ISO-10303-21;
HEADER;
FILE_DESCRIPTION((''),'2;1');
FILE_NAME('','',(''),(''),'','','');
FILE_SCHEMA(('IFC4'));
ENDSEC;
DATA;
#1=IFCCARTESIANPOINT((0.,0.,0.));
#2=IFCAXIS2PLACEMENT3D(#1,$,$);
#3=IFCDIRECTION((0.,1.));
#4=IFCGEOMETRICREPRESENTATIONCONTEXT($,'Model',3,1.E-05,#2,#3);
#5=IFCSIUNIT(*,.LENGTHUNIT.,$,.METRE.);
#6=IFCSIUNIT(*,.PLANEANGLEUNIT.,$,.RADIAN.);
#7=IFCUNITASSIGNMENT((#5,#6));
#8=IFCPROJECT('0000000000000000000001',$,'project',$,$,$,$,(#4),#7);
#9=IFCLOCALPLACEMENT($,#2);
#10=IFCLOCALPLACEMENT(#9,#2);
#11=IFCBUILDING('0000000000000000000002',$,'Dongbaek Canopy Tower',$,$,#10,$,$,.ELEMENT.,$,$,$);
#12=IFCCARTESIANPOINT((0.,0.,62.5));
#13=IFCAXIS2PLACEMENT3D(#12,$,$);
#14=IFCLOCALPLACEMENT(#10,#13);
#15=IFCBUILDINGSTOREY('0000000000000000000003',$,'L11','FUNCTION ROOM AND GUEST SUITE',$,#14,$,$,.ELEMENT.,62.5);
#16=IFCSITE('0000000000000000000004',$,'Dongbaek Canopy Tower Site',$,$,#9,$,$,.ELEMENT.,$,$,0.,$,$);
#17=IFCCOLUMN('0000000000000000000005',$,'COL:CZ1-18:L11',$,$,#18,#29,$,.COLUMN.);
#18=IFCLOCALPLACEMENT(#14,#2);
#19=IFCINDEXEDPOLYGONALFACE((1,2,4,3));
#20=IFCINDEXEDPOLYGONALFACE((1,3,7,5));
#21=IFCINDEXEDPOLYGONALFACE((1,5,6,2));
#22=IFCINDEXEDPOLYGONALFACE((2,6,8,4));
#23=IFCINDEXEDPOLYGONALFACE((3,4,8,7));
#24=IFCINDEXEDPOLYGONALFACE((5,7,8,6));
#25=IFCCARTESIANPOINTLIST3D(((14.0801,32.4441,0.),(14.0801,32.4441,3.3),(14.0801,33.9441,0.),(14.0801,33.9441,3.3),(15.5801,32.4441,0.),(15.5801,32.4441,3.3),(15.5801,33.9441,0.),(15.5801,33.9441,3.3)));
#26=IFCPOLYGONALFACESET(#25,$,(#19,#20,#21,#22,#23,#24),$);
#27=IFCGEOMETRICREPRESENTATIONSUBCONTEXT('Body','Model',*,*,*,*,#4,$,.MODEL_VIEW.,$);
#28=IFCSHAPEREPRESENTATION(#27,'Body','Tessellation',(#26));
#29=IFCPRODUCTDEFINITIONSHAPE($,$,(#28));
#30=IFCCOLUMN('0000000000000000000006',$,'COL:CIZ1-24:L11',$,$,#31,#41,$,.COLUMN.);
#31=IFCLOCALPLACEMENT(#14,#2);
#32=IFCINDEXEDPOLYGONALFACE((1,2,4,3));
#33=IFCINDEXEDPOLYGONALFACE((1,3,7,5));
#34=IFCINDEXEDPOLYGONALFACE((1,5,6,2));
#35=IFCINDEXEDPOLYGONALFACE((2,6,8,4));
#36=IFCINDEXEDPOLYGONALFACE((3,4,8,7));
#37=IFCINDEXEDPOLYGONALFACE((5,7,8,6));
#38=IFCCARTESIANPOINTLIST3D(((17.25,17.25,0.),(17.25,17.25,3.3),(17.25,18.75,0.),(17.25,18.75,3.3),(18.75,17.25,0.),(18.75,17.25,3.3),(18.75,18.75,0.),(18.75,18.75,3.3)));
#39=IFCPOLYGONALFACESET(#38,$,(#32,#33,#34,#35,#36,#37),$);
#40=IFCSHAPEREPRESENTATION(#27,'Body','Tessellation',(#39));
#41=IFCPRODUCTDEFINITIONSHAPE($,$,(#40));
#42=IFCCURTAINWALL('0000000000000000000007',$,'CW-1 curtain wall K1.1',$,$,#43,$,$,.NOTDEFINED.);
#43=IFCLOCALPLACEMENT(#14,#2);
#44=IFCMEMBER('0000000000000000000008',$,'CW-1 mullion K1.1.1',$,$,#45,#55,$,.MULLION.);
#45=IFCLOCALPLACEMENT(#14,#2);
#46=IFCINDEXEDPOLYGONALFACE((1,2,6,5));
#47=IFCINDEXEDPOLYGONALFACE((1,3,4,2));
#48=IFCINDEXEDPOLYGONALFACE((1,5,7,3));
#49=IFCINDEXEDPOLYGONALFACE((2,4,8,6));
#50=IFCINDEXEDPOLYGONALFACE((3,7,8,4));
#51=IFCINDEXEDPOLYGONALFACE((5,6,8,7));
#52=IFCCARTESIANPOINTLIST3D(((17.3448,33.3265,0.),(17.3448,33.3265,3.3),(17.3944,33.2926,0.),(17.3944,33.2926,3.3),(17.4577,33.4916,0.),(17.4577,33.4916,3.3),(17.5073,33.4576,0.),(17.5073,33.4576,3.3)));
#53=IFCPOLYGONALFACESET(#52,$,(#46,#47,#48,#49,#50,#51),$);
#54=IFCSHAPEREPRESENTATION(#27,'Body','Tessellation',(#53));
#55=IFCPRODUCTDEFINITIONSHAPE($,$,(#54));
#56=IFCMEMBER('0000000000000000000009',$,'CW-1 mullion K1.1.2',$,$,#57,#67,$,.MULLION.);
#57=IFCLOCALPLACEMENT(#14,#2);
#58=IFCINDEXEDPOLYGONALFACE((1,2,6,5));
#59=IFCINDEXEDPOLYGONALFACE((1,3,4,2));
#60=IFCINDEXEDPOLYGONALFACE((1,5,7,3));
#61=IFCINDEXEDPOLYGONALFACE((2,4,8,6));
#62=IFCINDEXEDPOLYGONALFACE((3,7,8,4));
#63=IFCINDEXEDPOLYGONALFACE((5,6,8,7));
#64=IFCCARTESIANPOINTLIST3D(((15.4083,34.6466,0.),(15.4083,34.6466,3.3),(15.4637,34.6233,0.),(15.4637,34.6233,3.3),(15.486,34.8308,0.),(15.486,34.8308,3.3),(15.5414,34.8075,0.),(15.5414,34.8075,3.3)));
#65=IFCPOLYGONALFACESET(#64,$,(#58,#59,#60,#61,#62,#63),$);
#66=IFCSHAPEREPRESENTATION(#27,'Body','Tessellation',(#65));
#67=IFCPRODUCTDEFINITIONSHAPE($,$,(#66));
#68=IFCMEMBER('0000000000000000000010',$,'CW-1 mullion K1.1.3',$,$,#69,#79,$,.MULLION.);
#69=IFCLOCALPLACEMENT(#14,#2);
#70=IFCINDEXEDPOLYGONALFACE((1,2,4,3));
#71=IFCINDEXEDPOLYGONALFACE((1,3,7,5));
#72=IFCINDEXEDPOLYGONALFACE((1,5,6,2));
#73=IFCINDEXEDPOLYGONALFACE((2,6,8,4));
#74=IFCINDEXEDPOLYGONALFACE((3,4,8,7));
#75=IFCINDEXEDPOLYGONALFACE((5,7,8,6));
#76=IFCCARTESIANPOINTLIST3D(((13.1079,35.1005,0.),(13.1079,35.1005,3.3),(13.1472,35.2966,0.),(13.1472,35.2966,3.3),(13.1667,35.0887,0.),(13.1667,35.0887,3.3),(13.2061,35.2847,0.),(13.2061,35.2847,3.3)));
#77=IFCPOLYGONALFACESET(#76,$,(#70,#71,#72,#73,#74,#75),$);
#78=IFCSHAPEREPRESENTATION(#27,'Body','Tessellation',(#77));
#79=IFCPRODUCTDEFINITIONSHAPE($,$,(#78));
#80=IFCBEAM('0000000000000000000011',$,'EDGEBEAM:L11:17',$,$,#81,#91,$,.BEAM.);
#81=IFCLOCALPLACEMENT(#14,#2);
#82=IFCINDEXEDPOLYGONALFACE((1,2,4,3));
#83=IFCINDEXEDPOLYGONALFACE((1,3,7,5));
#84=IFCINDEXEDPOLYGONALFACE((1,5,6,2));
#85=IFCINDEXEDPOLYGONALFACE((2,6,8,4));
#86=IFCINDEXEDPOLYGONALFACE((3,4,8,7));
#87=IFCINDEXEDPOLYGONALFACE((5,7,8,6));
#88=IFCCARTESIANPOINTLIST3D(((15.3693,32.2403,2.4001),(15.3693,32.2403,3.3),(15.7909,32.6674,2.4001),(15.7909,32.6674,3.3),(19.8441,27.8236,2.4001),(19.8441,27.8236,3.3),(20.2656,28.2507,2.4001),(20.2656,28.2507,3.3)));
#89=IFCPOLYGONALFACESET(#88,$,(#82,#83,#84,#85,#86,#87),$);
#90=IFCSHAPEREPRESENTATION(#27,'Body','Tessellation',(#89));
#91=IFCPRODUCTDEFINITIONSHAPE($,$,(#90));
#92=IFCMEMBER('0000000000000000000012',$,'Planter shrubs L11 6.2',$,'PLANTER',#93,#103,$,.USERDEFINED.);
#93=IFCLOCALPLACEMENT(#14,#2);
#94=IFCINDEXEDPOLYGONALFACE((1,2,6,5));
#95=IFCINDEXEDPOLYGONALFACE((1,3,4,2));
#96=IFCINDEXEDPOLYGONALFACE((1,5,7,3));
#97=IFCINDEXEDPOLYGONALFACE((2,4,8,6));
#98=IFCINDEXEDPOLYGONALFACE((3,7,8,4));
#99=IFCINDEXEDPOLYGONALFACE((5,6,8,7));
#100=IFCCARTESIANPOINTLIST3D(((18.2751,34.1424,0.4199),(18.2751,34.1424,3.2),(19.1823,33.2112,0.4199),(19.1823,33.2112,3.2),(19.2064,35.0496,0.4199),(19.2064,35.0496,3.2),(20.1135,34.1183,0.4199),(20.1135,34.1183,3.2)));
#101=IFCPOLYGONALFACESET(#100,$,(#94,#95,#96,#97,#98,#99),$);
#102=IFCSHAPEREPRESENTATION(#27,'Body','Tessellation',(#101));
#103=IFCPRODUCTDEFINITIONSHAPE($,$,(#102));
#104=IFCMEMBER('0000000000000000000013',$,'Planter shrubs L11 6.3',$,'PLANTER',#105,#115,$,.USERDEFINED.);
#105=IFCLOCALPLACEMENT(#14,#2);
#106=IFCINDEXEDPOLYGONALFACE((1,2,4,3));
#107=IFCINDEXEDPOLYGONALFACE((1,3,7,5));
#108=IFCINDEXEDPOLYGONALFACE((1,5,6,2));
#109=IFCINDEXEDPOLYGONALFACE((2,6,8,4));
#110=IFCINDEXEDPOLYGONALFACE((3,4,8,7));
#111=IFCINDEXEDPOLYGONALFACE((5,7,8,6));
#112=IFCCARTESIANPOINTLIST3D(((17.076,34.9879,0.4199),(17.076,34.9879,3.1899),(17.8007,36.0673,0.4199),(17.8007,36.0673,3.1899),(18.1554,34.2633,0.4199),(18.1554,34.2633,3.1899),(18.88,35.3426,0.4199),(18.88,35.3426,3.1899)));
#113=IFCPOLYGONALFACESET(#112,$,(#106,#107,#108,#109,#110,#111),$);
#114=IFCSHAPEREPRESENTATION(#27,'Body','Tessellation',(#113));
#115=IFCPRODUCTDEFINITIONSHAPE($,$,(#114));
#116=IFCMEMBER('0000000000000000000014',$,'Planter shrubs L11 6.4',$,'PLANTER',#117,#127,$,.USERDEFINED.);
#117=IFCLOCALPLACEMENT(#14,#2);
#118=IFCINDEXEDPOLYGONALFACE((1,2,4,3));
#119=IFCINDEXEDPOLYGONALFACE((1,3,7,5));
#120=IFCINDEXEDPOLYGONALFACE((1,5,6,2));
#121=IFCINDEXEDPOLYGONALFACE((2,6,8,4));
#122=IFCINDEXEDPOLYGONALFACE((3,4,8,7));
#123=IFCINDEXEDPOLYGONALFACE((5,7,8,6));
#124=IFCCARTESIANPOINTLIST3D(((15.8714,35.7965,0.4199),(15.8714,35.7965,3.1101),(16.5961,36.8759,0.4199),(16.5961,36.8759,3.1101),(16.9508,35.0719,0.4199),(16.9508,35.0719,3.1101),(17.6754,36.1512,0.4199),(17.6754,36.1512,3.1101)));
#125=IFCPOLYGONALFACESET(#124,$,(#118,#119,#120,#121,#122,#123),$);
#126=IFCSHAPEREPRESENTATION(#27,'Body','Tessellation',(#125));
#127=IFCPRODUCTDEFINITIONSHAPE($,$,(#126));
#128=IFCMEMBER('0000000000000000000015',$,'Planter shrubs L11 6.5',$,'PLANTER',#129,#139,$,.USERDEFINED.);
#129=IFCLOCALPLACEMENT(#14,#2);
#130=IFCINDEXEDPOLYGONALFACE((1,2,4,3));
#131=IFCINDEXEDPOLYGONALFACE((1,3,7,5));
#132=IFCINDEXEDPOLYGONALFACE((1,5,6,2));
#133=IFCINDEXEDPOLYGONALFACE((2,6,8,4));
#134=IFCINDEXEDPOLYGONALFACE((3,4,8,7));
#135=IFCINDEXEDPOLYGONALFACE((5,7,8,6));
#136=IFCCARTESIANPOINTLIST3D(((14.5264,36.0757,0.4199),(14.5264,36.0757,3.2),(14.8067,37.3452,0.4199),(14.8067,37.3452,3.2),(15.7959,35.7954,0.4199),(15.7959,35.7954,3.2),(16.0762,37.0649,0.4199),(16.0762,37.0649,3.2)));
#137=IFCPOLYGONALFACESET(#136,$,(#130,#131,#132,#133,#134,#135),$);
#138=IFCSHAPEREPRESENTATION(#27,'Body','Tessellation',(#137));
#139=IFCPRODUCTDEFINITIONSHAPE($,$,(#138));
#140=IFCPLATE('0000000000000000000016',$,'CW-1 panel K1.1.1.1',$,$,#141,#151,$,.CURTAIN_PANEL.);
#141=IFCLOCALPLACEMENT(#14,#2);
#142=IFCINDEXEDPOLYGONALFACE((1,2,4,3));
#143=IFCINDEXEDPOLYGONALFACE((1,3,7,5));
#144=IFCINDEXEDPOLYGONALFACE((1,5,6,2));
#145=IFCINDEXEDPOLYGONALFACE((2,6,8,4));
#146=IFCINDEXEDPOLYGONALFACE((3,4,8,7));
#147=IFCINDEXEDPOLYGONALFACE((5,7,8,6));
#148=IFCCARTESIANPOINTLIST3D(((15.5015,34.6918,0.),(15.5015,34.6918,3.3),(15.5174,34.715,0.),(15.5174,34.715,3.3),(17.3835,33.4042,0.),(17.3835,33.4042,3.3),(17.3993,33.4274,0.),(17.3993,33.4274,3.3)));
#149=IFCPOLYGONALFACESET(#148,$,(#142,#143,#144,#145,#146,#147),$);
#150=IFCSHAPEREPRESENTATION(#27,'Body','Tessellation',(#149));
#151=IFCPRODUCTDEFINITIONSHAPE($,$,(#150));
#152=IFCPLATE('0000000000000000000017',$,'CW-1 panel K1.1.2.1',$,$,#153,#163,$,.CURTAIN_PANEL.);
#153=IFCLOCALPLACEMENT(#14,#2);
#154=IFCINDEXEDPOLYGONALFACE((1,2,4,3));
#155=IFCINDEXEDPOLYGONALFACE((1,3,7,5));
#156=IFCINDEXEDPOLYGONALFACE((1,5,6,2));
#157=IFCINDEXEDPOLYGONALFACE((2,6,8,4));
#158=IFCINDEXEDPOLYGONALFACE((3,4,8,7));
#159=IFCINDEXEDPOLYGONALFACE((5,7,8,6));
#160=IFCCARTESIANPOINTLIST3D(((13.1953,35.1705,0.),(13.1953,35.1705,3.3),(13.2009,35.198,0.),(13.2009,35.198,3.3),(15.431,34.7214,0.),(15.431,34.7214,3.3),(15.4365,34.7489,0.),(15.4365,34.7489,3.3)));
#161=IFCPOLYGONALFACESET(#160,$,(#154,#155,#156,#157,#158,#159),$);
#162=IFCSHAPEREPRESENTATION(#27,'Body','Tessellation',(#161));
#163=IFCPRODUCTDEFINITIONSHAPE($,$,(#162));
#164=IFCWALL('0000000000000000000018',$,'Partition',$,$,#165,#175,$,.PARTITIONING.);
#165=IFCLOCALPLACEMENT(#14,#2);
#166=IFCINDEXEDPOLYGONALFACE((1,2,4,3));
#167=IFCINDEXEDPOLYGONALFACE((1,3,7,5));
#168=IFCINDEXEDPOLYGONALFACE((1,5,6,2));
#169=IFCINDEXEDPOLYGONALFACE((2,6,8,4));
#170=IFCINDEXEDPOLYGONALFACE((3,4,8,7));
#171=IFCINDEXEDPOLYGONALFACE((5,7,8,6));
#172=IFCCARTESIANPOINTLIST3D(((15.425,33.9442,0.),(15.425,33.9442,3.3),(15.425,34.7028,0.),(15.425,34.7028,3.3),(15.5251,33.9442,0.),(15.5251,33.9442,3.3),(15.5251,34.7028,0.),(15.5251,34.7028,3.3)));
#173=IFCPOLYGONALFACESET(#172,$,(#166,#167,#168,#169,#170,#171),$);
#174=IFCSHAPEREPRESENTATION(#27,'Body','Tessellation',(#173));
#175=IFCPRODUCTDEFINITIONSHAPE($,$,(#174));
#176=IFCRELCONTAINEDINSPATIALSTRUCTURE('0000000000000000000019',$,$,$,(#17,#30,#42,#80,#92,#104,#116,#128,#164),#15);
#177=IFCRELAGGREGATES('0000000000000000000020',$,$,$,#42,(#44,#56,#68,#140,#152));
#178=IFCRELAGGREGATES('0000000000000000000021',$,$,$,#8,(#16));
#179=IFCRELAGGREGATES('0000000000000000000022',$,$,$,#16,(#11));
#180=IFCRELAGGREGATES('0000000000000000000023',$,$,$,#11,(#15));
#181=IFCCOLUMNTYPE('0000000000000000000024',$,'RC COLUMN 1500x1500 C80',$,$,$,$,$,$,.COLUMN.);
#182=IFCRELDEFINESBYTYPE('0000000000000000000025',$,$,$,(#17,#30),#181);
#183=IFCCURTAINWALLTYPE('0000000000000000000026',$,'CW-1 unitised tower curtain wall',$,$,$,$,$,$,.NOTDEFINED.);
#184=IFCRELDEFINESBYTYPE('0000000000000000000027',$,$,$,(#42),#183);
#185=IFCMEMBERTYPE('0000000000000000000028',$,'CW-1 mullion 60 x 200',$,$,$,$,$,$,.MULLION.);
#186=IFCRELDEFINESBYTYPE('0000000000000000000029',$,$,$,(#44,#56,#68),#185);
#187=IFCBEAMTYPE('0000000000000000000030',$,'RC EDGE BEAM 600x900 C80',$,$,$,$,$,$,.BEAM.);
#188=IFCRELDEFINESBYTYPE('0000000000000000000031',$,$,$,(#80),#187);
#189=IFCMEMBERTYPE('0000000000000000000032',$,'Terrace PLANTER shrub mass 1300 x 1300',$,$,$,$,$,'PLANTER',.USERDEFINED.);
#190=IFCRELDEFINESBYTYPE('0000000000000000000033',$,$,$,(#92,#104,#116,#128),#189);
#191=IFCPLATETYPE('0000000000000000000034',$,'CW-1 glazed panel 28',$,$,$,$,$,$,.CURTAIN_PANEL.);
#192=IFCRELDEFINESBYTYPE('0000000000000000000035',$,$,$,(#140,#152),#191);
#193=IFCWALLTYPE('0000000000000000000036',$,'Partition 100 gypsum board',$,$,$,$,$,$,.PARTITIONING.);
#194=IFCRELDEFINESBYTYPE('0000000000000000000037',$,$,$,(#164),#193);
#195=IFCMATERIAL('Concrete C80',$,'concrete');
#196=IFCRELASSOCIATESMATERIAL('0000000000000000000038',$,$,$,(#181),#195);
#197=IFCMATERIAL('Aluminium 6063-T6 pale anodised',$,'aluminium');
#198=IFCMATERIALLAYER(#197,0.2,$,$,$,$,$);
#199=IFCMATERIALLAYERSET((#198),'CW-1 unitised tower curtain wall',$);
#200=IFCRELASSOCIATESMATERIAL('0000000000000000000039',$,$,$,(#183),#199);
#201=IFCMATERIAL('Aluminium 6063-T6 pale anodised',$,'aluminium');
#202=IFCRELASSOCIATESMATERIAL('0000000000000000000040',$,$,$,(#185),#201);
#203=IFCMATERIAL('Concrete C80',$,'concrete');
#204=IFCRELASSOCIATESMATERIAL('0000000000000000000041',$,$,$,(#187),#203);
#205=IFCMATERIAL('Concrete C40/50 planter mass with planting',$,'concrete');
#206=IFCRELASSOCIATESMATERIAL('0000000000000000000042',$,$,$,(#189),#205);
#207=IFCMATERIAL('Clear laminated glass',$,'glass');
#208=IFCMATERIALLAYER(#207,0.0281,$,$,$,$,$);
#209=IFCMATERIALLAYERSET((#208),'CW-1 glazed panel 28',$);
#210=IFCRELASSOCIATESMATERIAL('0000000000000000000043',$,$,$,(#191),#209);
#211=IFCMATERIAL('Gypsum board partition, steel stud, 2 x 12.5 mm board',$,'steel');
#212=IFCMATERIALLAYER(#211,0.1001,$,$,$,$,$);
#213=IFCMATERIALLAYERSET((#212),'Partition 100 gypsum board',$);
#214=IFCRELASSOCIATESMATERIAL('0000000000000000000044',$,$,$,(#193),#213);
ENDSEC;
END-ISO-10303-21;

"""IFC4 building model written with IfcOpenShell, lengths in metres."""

from ifc_helpers import new_model, si_unit, direction, frame, frame_2d, origin, origin_2d, place, context, subcontext, project, spatial, rectangle, extrude, material, layer, layer_set, material_profile, profile_set, type_object, element, aggregate, save


model = new_model("IFC4")

# Units and contexts
model_context = context("Model", 3, precision=1e-05, world=origin(), true_north=direction((0.0, 1.0)))
body_context = subcontext(model_context, "Body", "Model", "MODEL_VIEW")
ifc_project = project(units=[si_unit("LENGTHUNIT", "METRE"), si_unit("PLANEANGLEUNIT", "RADIAN")], contexts=[model_context])

# Site, building, storey
site_placement = place(None, origin())
site = spatial("IfcSite", under=ifc_project, at=site_placement, Name="Dongbaek Canopy Tower Site", CompositionType="ELEMENT", RefElevation=0.0)
building_placement = place(site_placement, origin())
building = spatial("IfcBuilding", under=site, at=building_placement, Name="Dongbaek Canopy Tower", CompositionType="ELEMENT")
storey_placement = place(building_placement, frame((0.0, 0.0, 62.5)))
storey = spatial("IfcBuildingStorey", under=building, at=storey_placement, Name="L11", Description="FUNCTION ROOM AND GUEST SUITE", CompositionType="ELEMENT", Elevation=62.5)

# Columns
ifc_material_1 = material(Name="Concrete C80", Category="concrete")
ifc_material_profile_1 = material_profile(ifc_material_1, rectangle(XDim=1.5, YDim=1.5, at=origin_2d()), Name="RC COLUMN 1500x1500 C80")
ifc_profile_set_1 = profile_set([ifc_material_profile_1], Name="Concrete C80")
column_type = type_object("IfcColumnType", Name="RC COLUMN 1500x1500 C80", PredefinedType="COLUMN", material=ifc_profile_set_1)
for number, where, z_axis, x_axis, name in (
    (1, (14.8301, 33.1941, 0.0), (0.0, 0.0, 1.0), (1.0, 0.0, 0.0), "COL:CZ1-18:L11"),
    (2, (18.0, 18.0, 0.0), (0.0, 0.0, 1.0), (1.0, 0.0, 0.0), "COL:CIZ1-24:L11"),
):
    element("IfcColumn", number, at=place(storey_placement, frame(where, z_axis=z_axis, x_axis=x_axis)), inside=storey, type_object=column_type, Name=name, PredefinedType="COLUMN", context=body_context, shape_type="SweptSolid", body=[
        extrude(rectangle(XDim=1.5, YDim=1.5, at=origin_2d()), origin(), (0.0, 0.0, 1.0), 3.3),
    ])

# Curtain wall, members
ifc_material_2 = material(Name="Aluminium 6063-T6 pale anodised", Category="aluminium")
ifc_layer_1 = layer(ifc_material_2, 0.2)
ifc_layer_set_1 = layer_set([ifc_layer_1], Name="CW-1 unitised tower curtain wall")
curtain_wall_type = type_object("IfcCurtainWallType", Name="CW-1 unitised tower curtain wall", PredefinedType="NOTDEFINED", material=ifc_layer_set_1)
curtain_wall_placement = place(storey_placement, origin())
curtain_wall = element("IfcCurtainWall", 3, at=curtain_wall_placement, inside=storey, type_object=curtain_wall_type, Name="CW-1 curtain wall K1.1", PredefinedType="NOTDEFINED")
ifc_material_3 = material(Name="Aluminium 6063-T6 pale anodised", Category="aluminium")
ifc_material_profile_2 = material_profile(ifc_material_3, rectangle(XDim=0.2, YDim=0.0601, at=origin_2d()), Name="CW-1 mullion 60 x 200")
ifc_profile_set_2 = profile_set([ifc_material_profile_2], Name="Aluminium 6063-T6 pale anodised")
member_type_1 = type_object("IfcMemberType", Name="CW-1 mullion 60 x 200", PredefinedType="MULLION", material=ifc_profile_set_2)
member_1_placement = place(storey_placement, frame((17.426, 33.3921, 0.0), z_axis=(0.0, 0.0, 1.0), x_axis=(0.564668, 0.825318, 0.0)))
member_1 = element("IfcMember", 4, at=member_1_placement, type_object=member_type_1, Name="CW-1 mullion K1.1.1", PredefinedType="MULLION", context=body_context, shape_type="SweptSolid", body=[
    extrude(rectangle(XDim=0.2, YDim=0.0601, at=origin_2d()), origin(), (0.0, 0.0, 1.0), 3.3),
])
member_2_placement = place(storey_placement, frame((15.4749, 34.7271, 0.0), z_axis=(0.0, 0.0, 1.0), x_axis=(0.388619, 0.921399, 0.0)))
member_2 = element("IfcMember", 5, at=member_2_placement, type_object=member_type_1, Name="CW-1 mullion K1.1.2", PredefinedType="MULLION", context=body_context, shape_type="SweptSolid", body=[
    extrude(rectangle(XDim=0.2, YDim=0.0601, at=origin_2d()), origin(), (0.0, 0.0, 1.0), 3.3),
])
member_3_placement = place(storey_placement, frame((13.157, 35.1926, 0.0), z_axis=(0.0, 0.0, 1.0), x_axis=(0.196938, 0.980416, 0.0)))
member_3 = element("IfcMember", 6, at=member_3_placement, type_object=member_type_1, Name="CW-1 mullion K1.1.3", PredefinedType="MULLION", context=body_context, shape_type="SweptSolid", body=[
    extrude(rectangle(XDim=0.2, YDim=0.0601, at=origin_2d()), origin(), (0.0, 0.0, 1.0), 3.3),
])

# Beam
ifc_material_4 = material(Name="Concrete C80", Category="concrete")
ifc_material_profile_3 = material_profile(ifc_material_4, rectangle(XDim=0.6001, YDim=0.8999, at=origin_2d()), Name="RC EDGE BEAM 600x900 C80")
ifc_profile_set_3 = profile_set([ifc_material_profile_3], Name="Concrete C80")
beam_type = type_object("IfcBeamType", Name="RC EDGE BEAM 600x900 C80", PredefinedType="BEAM", material=ifc_profile_set_3)
beam_placement = place(storey_placement, frame((15.5801, 32.4539, 2.8501), z_axis=(0.711712, -0.702471, 0.0), x_axis=(0.702471, 0.711712, 0.0)))
element("IfcBeam", 7, at=beam_placement, inside=storey, type_object=beam_type, Name="EDGEBEAM:L11:17", PredefinedType="BEAM", context=body_context, shape_type="SweptSolid", body=[
    extrude(rectangle(XDim=0.6001, YDim=0.8999, at=origin_2d()), origin(), (0.0, 0.0, 1.0), 6.2874),
])

# Members
ifc_material_5 = material(Name="Concrete C40/50 planter mass with planting", Category="concrete")
ifc_material_profile_4 = material_profile(ifc_material_5, rectangle(XDim=1.3, YDim=1.3, at=origin_2d()), Name="Terrace PLANTER shrub mass 1300 x 1300")
ifc_profile_set_4 = profile_set([ifc_material_profile_4], Name="Concrete C40/50 planter mass with planting")
member_type_2 = type_object("IfcMemberType", Name="Terrace PLANTER shrub mass 1300 x 1300", ElementType="PLANTER", PredefinedType="USERDEFINED", material=ifc_profile_set_4)
member_4_placement = place(storey_placement, frame((19.1943, 34.1304, 0.4199), z_axis=(0.0, 0.0, 1.0), x_axis=(0.716318, 0.697774, 0.0)))
element("IfcMember", 8, at=member_4_placement, inside=storey, type_object=member_type_2, Name="Planter shrubs L11 6.2", ObjectType="PLANTER", PredefinedType="USERDEFINED", context=body_context, shape_type="SweptSolid", body=[
    extrude(rectangle(XDim=1.3, YDim=1.3, at=origin_2d()), origin(), (0.0, 0.0, 1.0), 2.78),
])
member_5_placement = place(storey_placement, frame((17.978, 35.1653, 0.4199), z_axis=(0.0, 0.0, 1.0), x_axis=(0.557401, 0.830243, 0.0)))
element("IfcMember", 9, at=member_5_placement, inside=storey, type_object=member_type_2, Name="Planter shrubs L11 6.3", ObjectType="PLANTER", PredefinedType="USERDEFINED", context=body_context, shape_type="SweptSolid", body=[
    extrude(rectangle(XDim=1.3, YDim=1.3, at=origin_2d()), origin(), (0.0, 0.0, 1.0), 2.77),
])
member_6_placement = place(storey_placement, frame((16.7734, 35.9739, 0.4199), z_axis=(0.0, 0.0, 1.0), x_axis=(0.557401, 0.830243, 0.0)))
element("IfcMember", 10, at=member_6_placement, inside=storey, type_object=member_type_2, Name="Planter shrubs L11 6.4", ObjectType="PLANTER", PredefinedType="USERDEFINED", context=body_context, shape_type="SweptSolid", body=[
    extrude(rectangle(XDim=1.3, YDim=1.3, at=origin_2d()), origin(), (0.0, 0.0, 1.0), 2.6902),
])
member_7_placement = place(storey_placement, frame((15.3013, 36.5703, 0.4199), z_axis=(0.0, 0.0, 1.0), x_axis=(0.215601, 0.976482, 0.0)))
element("IfcMember", 11, at=member_7_placement, inside=storey, type_object=member_type_2, Name="Planter shrubs L11 6.5", ObjectType="PLANTER", PredefinedType="USERDEFINED", context=body_context, shape_type="SweptSolid", body=[
    extrude(rectangle(XDim=1.3, YDim=1.3, at=origin_2d()), origin(), (0.0, 0.0, 1.0), 2.78),
])

# Plates
ifc_material_6 = material(Name="Clear laminated glass", Category="glass")
ifc_layer_2 = layer(ifc_material_6, 0.0281)
ifc_layer_set_2 = layer_set([ifc_layer_2], Name="CW-1 glazed panel 28")
plate_type = type_object("IfcPlateType", Name="CW-1 glazed panel 28", PredefinedType="CURTAIN_PANEL", material=ifc_layer_set_2)
plate_1_placement = place(storey_placement, frame((16.4504, 34.0596, 0.0), z_axis=(0.0, 0.0, 1.0), x_axis=(-0.825318, 0.564668, 0.0)))
plate_1 = element("IfcPlate", 12, at=plate_1_placement, type_object=plate_type, Name="CW-1 panel K1.1.1.1", PredefinedType="CURTAIN_PANEL", context=body_context, shape_type="SweptSolid", body=[
    extrude(rectangle(XDim=2.2803, YDim=0.0281, at=origin_2d()), origin(), (0.0, 0.0, 1.0), 3.3),
])
plate_2_placement = place(storey_placement, frame((14.3159, 34.9597, 0.0), z_axis=(0.0, 0.0, 1.0), x_axis=(-0.980416, 0.196938, 0.0)))
plate_2 = element("IfcPlate", 13, at=plate_2_placement, type_object=plate_type, Name="CW-1 panel K1.1.2.1", PredefinedType="CURTAIN_PANEL", context=body_context, shape_type="SweptSolid", body=[
    extrude(rectangle(XDim=2.2803, YDim=0.0281, at=origin_2d()), origin(), (0.0, 0.0, 1.0), 3.3),
])
aggregate(curtain_wall, [member_1, member_2, member_3, plate_1, plate_2])

# Wall
ifc_material_7 = material(Name="Gypsum board partition, steel stud, 2 x 12.5 mm board", Category="steel")
ifc_layer_3 = layer(ifc_material_7, 0.1001)
ifc_layer_set_3 = layer_set([ifc_layer_3], Name="Partition 100 gypsum board")
wall_type_1 = type_object("IfcWallType", Name="Partition 100 gypsum board", PredefinedType="PARTITIONING", material=ifc_layer_set_3)
wall_1_placement = place(storey_placement, frame((15.4751, 33.9441, 0.0), z_axis=(0.0, 0.0, 1.0), x_axis=(0.0, 1.0, 0.0)))
element("IfcWall", 14, at=wall_1_placement, inside=storey, type_object=wall_type_1, Name="Partition", PredefinedType="PARTITIONING", context=body_context, shape_type="SweptSolid", body=[
    extrude(rectangle(XDim=0.7585, YDim=0.1001, at=frame_2d((0.3794, 0.0))), origin(), (0.0, 0.0, 1.0), 3.3),
])

save(model, "model.ifc")
